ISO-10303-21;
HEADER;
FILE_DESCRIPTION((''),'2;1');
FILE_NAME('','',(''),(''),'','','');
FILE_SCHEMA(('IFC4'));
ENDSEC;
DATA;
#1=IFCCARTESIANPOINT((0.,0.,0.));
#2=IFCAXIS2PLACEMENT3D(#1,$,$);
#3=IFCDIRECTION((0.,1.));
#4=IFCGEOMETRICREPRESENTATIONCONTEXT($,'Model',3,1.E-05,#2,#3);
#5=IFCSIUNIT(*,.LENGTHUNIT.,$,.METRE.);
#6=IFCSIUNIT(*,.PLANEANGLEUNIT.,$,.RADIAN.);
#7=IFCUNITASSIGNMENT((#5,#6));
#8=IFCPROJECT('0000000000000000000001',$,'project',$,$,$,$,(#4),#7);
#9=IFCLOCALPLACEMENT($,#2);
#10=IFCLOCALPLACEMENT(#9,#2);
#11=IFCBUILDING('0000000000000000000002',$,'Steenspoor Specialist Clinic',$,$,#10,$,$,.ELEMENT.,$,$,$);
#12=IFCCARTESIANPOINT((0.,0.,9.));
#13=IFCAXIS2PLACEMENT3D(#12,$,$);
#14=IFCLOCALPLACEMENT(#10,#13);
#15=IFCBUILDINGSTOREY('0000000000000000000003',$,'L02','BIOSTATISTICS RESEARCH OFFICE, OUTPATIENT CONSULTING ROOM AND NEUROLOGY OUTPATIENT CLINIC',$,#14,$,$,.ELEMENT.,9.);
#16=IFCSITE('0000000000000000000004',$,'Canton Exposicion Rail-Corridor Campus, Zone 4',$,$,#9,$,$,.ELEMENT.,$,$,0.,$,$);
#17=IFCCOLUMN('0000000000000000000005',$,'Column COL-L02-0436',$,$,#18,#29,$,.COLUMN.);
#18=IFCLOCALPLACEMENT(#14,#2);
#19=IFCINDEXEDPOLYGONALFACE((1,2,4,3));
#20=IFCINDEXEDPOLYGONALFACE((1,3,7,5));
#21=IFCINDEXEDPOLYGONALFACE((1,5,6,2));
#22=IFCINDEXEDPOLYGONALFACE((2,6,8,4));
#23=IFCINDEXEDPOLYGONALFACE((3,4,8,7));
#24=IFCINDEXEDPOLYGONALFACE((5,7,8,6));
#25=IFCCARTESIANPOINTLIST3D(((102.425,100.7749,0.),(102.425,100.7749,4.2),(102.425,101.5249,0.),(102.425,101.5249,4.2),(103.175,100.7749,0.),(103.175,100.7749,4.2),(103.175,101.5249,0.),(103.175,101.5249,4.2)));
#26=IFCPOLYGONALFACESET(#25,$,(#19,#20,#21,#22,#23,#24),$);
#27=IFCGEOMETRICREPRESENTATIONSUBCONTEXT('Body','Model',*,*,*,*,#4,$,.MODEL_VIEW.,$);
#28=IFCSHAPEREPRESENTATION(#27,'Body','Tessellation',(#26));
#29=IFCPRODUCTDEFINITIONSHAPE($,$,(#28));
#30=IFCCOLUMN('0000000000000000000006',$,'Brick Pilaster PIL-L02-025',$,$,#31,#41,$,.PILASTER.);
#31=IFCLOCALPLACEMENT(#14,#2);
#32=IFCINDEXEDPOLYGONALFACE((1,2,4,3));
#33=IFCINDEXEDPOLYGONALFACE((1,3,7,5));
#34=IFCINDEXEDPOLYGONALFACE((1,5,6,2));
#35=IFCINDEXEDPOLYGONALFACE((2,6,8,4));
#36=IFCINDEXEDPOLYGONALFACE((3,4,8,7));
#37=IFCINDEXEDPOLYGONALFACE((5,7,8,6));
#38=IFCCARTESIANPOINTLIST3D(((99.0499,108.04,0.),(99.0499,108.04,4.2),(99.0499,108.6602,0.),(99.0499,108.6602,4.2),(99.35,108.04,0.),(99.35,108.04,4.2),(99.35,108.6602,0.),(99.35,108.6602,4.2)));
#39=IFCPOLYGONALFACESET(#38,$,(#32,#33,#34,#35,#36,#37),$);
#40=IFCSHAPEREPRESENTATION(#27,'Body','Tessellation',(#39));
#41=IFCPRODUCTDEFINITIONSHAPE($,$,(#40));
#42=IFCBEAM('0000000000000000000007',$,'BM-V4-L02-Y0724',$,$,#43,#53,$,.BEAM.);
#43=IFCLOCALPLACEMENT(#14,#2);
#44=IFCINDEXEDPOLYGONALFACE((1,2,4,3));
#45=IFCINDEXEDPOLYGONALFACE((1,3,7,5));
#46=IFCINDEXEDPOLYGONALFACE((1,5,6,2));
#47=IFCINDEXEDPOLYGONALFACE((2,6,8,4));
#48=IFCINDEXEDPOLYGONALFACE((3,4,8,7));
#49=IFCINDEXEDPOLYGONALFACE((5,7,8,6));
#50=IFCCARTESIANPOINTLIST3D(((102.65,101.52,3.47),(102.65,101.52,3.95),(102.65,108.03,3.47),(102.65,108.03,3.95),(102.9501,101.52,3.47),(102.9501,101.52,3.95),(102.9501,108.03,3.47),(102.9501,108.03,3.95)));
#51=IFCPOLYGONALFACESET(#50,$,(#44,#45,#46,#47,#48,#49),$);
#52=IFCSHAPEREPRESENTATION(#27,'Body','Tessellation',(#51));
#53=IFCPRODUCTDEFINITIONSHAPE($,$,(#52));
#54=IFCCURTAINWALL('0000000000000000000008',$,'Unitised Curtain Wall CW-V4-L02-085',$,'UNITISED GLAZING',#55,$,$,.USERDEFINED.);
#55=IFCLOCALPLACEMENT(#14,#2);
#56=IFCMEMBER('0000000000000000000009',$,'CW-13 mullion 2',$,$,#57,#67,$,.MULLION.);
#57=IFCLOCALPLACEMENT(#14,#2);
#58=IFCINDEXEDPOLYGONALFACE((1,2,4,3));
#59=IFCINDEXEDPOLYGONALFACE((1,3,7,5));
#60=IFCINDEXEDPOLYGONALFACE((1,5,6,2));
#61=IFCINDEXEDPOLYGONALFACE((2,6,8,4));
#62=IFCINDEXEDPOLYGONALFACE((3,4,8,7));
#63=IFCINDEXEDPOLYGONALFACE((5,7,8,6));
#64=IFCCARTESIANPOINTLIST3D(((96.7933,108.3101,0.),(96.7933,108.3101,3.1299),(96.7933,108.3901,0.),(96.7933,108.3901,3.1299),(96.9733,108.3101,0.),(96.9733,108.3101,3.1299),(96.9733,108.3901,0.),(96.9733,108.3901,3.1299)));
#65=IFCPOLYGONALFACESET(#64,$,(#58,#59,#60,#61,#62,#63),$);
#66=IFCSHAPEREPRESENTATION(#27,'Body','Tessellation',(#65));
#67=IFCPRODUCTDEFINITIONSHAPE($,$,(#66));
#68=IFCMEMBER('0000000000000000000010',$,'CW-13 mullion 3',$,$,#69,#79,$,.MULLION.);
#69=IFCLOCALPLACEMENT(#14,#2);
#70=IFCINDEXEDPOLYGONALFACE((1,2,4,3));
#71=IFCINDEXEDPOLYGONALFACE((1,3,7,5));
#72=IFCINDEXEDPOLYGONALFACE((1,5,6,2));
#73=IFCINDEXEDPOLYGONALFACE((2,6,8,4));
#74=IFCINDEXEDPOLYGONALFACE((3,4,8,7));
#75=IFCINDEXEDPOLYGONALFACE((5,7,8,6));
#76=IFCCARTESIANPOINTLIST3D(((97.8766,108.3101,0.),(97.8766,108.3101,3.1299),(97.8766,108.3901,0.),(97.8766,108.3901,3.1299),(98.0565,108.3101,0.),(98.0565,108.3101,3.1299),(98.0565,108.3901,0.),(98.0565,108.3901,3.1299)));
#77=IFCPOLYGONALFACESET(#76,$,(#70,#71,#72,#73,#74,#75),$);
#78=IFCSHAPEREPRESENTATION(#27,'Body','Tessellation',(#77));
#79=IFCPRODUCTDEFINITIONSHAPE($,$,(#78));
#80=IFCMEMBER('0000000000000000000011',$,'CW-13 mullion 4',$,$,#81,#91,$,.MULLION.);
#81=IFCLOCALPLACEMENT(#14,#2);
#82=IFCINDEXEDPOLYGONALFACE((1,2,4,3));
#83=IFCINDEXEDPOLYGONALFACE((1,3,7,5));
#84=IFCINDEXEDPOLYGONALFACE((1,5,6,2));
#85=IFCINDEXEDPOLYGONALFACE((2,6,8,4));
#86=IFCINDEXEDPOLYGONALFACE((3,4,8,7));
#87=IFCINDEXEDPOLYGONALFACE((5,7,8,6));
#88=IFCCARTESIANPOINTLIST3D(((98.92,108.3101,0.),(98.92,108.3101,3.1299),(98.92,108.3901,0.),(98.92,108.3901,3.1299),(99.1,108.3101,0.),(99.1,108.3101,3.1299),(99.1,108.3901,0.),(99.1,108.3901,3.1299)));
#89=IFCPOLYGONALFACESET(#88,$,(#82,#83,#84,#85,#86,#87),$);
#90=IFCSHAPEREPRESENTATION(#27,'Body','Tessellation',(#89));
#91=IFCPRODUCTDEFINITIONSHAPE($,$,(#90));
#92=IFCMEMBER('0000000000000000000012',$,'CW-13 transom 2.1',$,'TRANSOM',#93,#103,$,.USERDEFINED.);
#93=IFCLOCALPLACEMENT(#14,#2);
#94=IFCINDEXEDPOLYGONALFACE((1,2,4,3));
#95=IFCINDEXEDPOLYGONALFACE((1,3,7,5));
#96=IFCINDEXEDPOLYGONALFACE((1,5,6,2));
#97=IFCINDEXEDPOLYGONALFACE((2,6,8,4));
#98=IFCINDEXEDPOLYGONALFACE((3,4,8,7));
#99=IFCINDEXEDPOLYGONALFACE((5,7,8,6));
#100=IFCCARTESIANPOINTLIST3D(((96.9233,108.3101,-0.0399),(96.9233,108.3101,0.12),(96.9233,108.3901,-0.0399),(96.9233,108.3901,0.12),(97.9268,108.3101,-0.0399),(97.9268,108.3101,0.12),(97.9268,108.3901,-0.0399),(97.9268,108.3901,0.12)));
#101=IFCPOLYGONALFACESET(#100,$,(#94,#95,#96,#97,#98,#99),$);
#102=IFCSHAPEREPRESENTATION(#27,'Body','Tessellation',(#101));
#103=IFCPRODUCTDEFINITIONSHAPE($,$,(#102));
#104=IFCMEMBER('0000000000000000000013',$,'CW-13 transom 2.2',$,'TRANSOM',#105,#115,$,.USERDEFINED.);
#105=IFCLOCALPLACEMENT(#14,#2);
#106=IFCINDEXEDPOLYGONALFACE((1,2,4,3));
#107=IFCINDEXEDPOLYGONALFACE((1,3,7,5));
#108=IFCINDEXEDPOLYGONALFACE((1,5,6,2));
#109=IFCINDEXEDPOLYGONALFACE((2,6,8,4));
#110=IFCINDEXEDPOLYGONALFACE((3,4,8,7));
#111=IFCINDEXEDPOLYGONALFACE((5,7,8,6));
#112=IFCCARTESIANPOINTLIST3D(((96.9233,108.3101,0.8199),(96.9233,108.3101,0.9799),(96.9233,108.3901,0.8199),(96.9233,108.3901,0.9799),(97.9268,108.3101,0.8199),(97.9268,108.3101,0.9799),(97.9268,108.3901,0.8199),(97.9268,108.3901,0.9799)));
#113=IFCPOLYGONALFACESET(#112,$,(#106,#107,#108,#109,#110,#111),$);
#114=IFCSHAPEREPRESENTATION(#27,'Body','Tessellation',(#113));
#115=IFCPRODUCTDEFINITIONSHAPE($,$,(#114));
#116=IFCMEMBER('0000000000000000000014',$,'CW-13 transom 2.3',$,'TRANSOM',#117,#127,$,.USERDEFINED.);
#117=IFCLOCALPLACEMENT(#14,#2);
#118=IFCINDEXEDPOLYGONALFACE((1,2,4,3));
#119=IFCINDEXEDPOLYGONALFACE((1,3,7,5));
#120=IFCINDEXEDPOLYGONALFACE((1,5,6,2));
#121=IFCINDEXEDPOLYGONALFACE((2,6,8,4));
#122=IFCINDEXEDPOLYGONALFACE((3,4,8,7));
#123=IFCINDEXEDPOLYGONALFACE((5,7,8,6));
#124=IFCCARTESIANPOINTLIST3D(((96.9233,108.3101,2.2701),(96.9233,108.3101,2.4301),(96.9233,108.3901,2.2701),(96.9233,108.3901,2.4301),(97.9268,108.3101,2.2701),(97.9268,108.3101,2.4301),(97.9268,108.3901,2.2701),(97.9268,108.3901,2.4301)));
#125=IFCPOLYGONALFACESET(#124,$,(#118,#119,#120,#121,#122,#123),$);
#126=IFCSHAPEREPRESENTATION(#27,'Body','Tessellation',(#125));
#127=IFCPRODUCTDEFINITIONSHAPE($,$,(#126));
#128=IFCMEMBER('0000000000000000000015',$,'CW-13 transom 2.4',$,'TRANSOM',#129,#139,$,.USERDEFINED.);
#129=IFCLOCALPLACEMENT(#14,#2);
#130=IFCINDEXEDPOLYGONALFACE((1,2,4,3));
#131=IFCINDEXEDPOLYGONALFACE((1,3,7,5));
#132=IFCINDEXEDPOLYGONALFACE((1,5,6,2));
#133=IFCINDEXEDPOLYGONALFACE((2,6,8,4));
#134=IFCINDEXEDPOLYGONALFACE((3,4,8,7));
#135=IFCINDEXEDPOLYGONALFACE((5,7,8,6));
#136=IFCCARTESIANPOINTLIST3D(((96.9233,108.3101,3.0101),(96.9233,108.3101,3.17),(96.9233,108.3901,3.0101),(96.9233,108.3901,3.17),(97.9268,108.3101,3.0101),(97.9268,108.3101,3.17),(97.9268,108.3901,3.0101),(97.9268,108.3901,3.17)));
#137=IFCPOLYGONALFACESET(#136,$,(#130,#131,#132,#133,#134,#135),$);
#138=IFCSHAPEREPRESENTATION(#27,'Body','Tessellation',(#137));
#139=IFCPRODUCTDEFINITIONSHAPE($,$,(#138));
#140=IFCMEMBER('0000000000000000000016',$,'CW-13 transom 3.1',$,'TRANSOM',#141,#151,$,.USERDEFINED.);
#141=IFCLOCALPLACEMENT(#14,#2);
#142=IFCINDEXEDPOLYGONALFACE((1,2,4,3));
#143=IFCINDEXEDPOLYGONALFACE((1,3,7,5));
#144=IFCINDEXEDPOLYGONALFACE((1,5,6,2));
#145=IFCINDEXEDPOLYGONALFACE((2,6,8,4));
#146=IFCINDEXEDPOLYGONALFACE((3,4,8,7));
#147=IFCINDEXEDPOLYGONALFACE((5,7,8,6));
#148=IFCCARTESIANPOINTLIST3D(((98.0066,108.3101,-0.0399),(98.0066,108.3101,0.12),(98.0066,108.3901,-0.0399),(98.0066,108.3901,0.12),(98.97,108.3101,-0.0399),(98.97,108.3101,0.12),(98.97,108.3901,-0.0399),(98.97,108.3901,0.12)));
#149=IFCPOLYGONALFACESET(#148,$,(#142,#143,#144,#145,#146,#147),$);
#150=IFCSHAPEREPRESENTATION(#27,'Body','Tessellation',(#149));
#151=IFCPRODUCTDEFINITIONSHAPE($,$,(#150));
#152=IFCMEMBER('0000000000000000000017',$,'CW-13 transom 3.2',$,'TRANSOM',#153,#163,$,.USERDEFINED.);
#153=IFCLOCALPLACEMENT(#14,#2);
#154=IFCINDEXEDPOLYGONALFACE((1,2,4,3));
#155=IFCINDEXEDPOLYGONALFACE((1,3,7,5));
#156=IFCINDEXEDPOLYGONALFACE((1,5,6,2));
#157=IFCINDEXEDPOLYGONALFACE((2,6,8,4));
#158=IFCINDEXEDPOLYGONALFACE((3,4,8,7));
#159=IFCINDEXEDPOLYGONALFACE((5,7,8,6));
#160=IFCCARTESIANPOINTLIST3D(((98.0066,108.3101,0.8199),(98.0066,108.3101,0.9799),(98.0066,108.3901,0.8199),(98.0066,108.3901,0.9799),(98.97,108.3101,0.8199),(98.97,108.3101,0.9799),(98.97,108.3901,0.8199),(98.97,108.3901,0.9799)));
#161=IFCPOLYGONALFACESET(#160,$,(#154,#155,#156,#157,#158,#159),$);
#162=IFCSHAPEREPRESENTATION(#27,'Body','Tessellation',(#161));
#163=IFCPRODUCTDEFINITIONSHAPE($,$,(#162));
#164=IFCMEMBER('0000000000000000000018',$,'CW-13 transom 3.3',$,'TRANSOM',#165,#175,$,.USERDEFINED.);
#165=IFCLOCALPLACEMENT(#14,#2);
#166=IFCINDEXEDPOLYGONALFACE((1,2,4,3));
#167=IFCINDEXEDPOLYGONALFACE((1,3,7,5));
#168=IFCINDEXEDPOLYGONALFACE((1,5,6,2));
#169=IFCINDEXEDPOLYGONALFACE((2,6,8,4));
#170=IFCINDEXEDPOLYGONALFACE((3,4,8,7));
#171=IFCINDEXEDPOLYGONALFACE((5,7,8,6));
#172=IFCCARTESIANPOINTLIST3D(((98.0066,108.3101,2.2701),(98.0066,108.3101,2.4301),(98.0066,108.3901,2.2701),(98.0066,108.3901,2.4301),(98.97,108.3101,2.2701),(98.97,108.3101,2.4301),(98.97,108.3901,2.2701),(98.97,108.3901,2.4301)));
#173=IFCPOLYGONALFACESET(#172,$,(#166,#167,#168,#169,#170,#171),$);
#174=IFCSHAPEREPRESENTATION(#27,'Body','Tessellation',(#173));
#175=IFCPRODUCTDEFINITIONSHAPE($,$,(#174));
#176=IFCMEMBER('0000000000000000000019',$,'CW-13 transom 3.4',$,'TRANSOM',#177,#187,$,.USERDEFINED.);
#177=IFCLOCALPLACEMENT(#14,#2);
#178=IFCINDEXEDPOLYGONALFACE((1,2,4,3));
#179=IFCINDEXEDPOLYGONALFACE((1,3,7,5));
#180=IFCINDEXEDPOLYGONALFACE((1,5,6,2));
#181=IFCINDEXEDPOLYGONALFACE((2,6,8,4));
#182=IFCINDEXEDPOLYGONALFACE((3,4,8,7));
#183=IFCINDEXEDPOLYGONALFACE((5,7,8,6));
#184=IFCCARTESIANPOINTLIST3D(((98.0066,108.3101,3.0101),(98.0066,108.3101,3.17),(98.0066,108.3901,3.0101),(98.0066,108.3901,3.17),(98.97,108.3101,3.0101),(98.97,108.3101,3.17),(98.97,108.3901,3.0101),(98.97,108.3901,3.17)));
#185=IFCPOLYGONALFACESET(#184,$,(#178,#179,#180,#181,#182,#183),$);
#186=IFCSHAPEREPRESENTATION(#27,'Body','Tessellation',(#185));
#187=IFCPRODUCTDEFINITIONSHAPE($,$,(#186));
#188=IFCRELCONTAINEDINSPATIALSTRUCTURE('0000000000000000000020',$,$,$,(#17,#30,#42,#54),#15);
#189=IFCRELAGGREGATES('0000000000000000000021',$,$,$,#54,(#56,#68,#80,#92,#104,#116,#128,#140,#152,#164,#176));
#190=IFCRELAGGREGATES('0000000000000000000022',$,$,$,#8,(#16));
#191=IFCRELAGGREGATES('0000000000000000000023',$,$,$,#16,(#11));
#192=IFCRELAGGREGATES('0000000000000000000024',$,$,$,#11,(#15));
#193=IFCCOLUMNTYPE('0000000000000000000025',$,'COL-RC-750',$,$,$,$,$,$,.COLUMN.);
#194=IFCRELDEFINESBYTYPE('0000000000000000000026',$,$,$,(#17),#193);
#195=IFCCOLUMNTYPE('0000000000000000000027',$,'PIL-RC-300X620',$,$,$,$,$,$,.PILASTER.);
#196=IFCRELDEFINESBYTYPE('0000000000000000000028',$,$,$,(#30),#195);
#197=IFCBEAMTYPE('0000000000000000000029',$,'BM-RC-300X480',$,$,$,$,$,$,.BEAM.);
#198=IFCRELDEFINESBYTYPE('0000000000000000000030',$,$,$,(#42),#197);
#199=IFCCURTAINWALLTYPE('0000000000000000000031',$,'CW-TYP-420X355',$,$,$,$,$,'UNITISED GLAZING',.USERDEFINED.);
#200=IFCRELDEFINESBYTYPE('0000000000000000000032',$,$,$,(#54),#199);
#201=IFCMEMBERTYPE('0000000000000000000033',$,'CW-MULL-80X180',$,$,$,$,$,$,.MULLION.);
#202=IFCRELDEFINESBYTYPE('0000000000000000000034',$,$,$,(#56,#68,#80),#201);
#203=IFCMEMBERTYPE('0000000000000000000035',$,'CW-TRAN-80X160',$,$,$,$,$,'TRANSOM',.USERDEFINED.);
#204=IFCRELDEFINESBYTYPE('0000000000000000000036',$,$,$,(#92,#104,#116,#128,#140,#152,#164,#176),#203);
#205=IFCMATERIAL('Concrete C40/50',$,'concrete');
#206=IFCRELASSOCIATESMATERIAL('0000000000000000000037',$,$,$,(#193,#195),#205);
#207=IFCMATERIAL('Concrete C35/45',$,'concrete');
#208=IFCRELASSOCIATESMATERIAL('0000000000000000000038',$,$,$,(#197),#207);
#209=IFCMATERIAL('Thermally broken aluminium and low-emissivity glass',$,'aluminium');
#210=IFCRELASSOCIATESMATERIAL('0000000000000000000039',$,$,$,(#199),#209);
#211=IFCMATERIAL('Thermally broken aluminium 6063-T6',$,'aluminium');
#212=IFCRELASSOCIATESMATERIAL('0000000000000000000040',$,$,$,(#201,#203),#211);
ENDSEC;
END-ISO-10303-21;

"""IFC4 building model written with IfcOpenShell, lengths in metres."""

from ifc_helpers import new_model, si_unit, direction, frame, origin, origin_2d, place, context, subcontext, project, spatial, rectangle, extrude, material, material_profile, profile_set, type_object, element, aggregate, save


model = new_model("IFC4")

# Units and contexts
model_context = context("Model", 3, precision=1e-05, world=origin(), true_north=direction((0.0, 1.0)))
body_context = subcontext(model_context, "Body", "Model", "MODEL_VIEW")
ifc_project = project(units=[si_unit("LENGTHUNIT", "METRE"), si_unit("PLANEANGLEUNIT", "RADIAN")], contexts=[model_context])

# Site, building, storey
site_placement = place(None, origin())
site = spatial("IfcSite", under=ifc_project, at=site_placement, Name="Canton Exposicion Rail-Corridor Campus, Zone 4", CompositionType="ELEMENT", RefElevation=0.0)
building_placement = place(site_placement, origin())
building = spatial("IfcBuilding", under=site, at=building_placement, Name="Steenspoor Specialist Clinic", CompositionType="ELEMENT")
storey_placement = place(building_placement, frame((0.0, 0.0, 9.0)))
storey = spatial("IfcBuildingStorey", under=building, at=storey_placement, Name="L02", Description="BIOSTATISTICS RESEARCH OFFICE, OUTPATIENT CONSULTING ROOM AND NEUROLOGY OUTPATIENT CLINIC", CompositionType="ELEMENT", Elevation=9.0)

# Columns
ifc_material_1 = material(Name="Concrete C40/50", Category="concrete")
ifc_material_profile_1 = material_profile(ifc_material_1, rectangle(XDim=0.75, YDim=0.75, at=origin_2d()), Name="RC-COL-750X750")
ifc_profile_set_1 = profile_set([ifc_material_profile_1], Name="Concrete C40/50")
column_type_1 = type_object("IfcColumnType", Name="COL-RC-750", PredefinedType="COLUMN", material=ifc_profile_set_1)
column_1_placement = place(storey_placement, frame((102.8, 101.1499, 0.0), z_axis=(0.0, 0.0, 1.0), x_axis=(1.0, 0.0, 0.0)))
element("IfcColumn", 1, at=column_1_placement, inside=storey, type_object=column_type_1, Name="Column COL-L02-0436", PredefinedType="COLUMN", context=body_context, shape_type="SweptSolid", body=[
    extrude(rectangle(XDim=0.75, YDim=0.75, at=origin_2d()), origin(), (0.0, 0.0, 1.0), 4.2),
])
ifc_material_profile_2 = material_profile(ifc_material_1, rectangle(XDim=0.3, YDim=0.6201, at=origin_2d()), Name="RC-PIL-300X620")
ifc_profile_set_2 = profile_set([ifc_material_profile_2], Name="Concrete C40/50")
column_type_2 = type_object("IfcColumnType", Name="PIL-RC-300X620", PredefinedType="PILASTER", material=ifc_profile_set_2)
column_2_placement = place(storey_placement, frame((99.2, 108.3501, 0.0), z_axis=(0.0, 0.0, 1.0), x_axis=(1.0, 0.0, 0.0)))
element("IfcColumn", 2, at=column_2_placement, inside=storey, type_object=column_type_2, Name="Brick Pilaster PIL-L02-025", PredefinedType="PILASTER", context=body_context, shape_type="SweptSolid", body=[
    extrude(rectangle(XDim=0.3, YDim=0.6201, at=origin_2d()), origin(), (0.0, 0.0, 1.0), 4.2),
])

# Beam
ifc_material_2 = material(Name="Concrete C35/45", Category="concrete")
ifc_material_profile_3 = material_profile(ifc_material_2, rectangle(XDim=0.3, YDim=0.48, at=origin_2d()), Name="RC-BM-300X480")
ifc_profile_set_3 = profile_set([ifc_material_profile_3], Name="Concrete C35/45")
beam_type = type_object("IfcBeamType", Name="BM-RC-300X480", PredefinedType="BEAM", material=ifc_profile_set_3)
beam_placement = place(storey_placement, frame((102.8, 101.52, 3.71), z_axis=(0.0, 1.0, 0.0), x_axis=(-1.0, 0.0, 0.0)))
element("IfcBeam", 3, at=beam_placement, inside=storey, type_object=beam_type, Name="BM-V4-L02-Y0724", PredefinedType="BEAM", context=body_context, shape_type="SweptSolid", body=[
    extrude(rectangle(XDim=0.3, YDim=0.48, at=origin_2d()), origin(), (0.0, 0.0, 1.0), 6.51),
])

# Curtain wall, members
ifc_material_3 = material(Name="Thermally broken aluminium and low-emissivity glass", Category="aluminium")
curtain_wall_type = type_object("IfcCurtainWallType", Name="CW-TYP-420X355", ElementType="UNITISED GLAZING", PredefinedType="USERDEFINED", material=ifc_material_3)
curtain_wall_placement = place(storey_placement, origin())
curtain_wall = element("IfcCurtainWall", 4, at=curtain_wall_placement, inside=storey, type_object=curtain_wall_type, Name="Unitised Curtain Wall CW-V4-L02-085", ObjectType="UNITISED GLAZING", PredefinedType="USERDEFINED")
ifc_material_4 = material(Name="Thermally broken aluminium 6063-T6", Category="aluminium")
ifc_material_profile_4 = material_profile(ifc_material_4, rectangle(XDim=0.0801, YDim=0.1799, at=origin_2d()), Name="CWM-80X180")
ifc_profile_set_4 = profile_set([ifc_material_profile_4], Name="Thermally broken aluminium 6063-T6")
member_type_1 = type_object("IfcMemberType", Name="CW-MULL-80X180", PredefinedType="MULLION", material=ifc_profile_set_4)
member_1_placement = place(storey_placement, frame((96.8833, 108.3501, 0.0), z_axis=(0.0, 0.0, 1.0), x_axis=(0.0, 1.0, 0.0)))
member_1 = element("IfcMember", 5, at=member_1_placement, type_object=member_type_1, Name="CW-13 mullion 2", PredefinedType="MULLION", context=body_context, shape_type="SweptSolid", body=[
    extrude(rectangle(XDim=0.0801, YDim=0.1799, at=origin_2d()), origin(), (0.0, 0.0, 1.0), 3.1299),
])
member_2_placement = place(storey_placement, frame((97.9666, 108.3501, 0.0), z_axis=(0.0, 0.0, 1.0), x_axis=(0.0, 1.0, 0.0)))
member_2 = element("IfcMember", 6, at=member_2_placement, type_object=member_type_1, Name="CW-13 mullion 3", PredefinedType="MULLION", context=body_context, shape_type="SweptSolid", body=[
    extrude(rectangle(XDim=0.0801, YDim=0.1799, at=origin_2d()), origin(), (0.0, 0.0, 1.0), 3.1299),
])
member_3_placement = place(storey_placement, frame((99.01, 108.3501, 0.0), z_axis=(0.0, 0.0, 1.0), x_axis=(0.0, 1.0, 0.0)))
member_3 = element("IfcMember", 7, at=member_3_placement, type_object=member_type_1, Name="CW-13 mullion 4", PredefinedType="MULLION", context=body_context, shape_type="SweptSolid", body=[
    extrude(rectangle(XDim=0.0801, YDim=0.1799, at=origin_2d()), origin(), (0.0, 0.0, 1.0), 3.1299),
])
ifc_material_profile_5 = material_profile(ifc_material_4, rectangle(XDim=0.0801, YDim=0.1599, at=origin_2d()), Name="CWT-80X160")
ifc_profile_set_5 = profile_set([ifc_material_profile_5], Name="Thermally broken aluminium 6063-T6")
member_type_2 = type_object("IfcMemberType", Name="CW-TRAN-80X160", ElementType="TRANSOM", PredefinedType="USERDEFINED", material=ifc_profile_set_5)
member_4_placement = place(storey_placement, frame((96.9233, 108.3501, 0.04), z_axis=(1.0, 0.0, 0.0), x_axis=(0.0, 1.0, 0.0)))
member_4 = element("IfcMember", 8, at=member_4_placement, type_object=member_type_2, Name="CW-13 transom 2.1", ObjectType="TRANSOM", PredefinedType="USERDEFINED", context=body_context, shape_type="SweptSolid", body=[
    extrude(rectangle(XDim=0.0801, YDim=0.1599, at=origin_2d()), origin(), (0.0, 0.0, 1.0), 1.0034),
])
member_5_placement = place(storey_placement, frame((96.9233, 108.3501, 0.8999), z_axis=(1.0, 0.0, 0.0), x_axis=(0.0, 1.0, 0.0)))
member_5 = element("IfcMember", 9, at=member_5_placement, type_object=member_type_2, Name="CW-13 transom 2.2", ObjectType="TRANSOM", PredefinedType="USERDEFINED", context=body_context, shape_type="SweptSolid", body=[
    extrude(rectangle(XDim=0.0801, YDim=0.1599, at=origin_2d()), origin(), (0.0, 0.0, 1.0), 1.0034),
])
member_6_placement = place(storey_placement, frame((96.9233, 108.3501, 2.3501), z_axis=(1.0, 0.0, 0.0), x_axis=(0.0, 1.0, 0.0)))
member_6 = element("IfcMember", 10, at=member_6_placement, type_object=member_type_2, Name="CW-13 transom 2.3", ObjectType="TRANSOM", PredefinedType="USERDEFINED", context=body_context, shape_type="SweptSolid", body=[
    extrude(rectangle(XDim=0.0801, YDim=0.1599, at=origin_2d()), origin(), (0.0, 0.0, 1.0), 1.0034),
])
member_7_placement = place(storey_placement, frame((96.9233, 108.3501, 3.0901), z_axis=(1.0, 0.0, 0.0), x_axis=(0.0, 1.0, 0.0)))
member_7 = element("IfcMember", 11, at=member_7_placement, type_object=member_type_2, Name="CW-13 transom 2.4", ObjectType="TRANSOM", PredefinedType="USERDEFINED", context=body_context, shape_type="SweptSolid", body=[
    extrude(rectangle(XDim=0.0801, YDim=0.1599, at=origin_2d()), origin(), (0.0, 0.0, 1.0), 1.0034),
])
member_8_placement = place(storey_placement, frame((98.0066, 108.3501, 0.04), z_axis=(1.0, 0.0, 0.0), x_axis=(0.0, 1.0, 0.0)))
member_8 = element("IfcMember", 12, at=member_8_placement, type_object=member_type_2, Name="CW-13 transom 3.1", ObjectType="TRANSOM", PredefinedType="USERDEFINED", context=body_context, shape_type="SweptSolid", body=[
    extrude(rectangle(XDim=0.0801, YDim=0.1599, at=origin_2d()), origin(), (0.0, 0.0, 1.0), 0.9634),
])
member_9_placement = place(storey_placement, frame((98.0066, 108.3501, 0.8999), z_axis=(1.0, 0.0, 0.0), x_axis=(0.0, 1.0, 0.0)))
member_9 = element("IfcMember", 13, at=member_9_placement, type_object=member_type_2, Name="CW-13 transom 3.2", ObjectType="TRANSOM", PredefinedType="USERDEFINED", context=body_context, shape_type="SweptSolid", body=[
    extrude(rectangle(XDim=0.0801, YDim=0.1599, at=origin_2d()), origin(), (0.0, 0.0, 1.0), 0.9634),
])
member_10_placement = place(storey_placement, frame((98.0066, 108.3501, 2.3501), z_axis=(1.0, 0.0, 0.0), x_axis=(0.0, 1.0, 0.0)))
member_10 = element("IfcMember", 14, at=member_10_placement, type_object=member_type_2, Name="CW-13 transom 3.3", ObjectType="TRANSOM", PredefinedType="USERDEFINED", context=body_context, shape_type="SweptSolid", body=[
    extrude(rectangle(XDim=0.0801, YDim=0.1599, at=origin_2d()), origin(), (0.0, 0.0, 1.0), 0.9634),
])
member_11_placement = place(storey_placement, frame((98.0066, 108.3501, 3.0901), z_axis=(1.0, 0.0, 0.0), x_axis=(0.0, 1.0, 0.0)))
member_11 = element("IfcMember", 15, at=member_11_placement, type_object=member_type_2, Name="CW-13 transom 3.4", ObjectType="TRANSOM", PredefinedType="USERDEFINED", context=body_context, shape_type="SweptSolid", body=[
    extrude(rectangle(XDim=0.0801, YDim=0.1599, at=origin_2d()), origin(), (0.0, 0.0, 1.0), 0.9634),
])
aggregate(curtain_wall, [member_1, member_2, member_3, member_4, member_5, member_6, member_7, member_8, member_9, member_10, member_11])

save(model, "model.ifc")
